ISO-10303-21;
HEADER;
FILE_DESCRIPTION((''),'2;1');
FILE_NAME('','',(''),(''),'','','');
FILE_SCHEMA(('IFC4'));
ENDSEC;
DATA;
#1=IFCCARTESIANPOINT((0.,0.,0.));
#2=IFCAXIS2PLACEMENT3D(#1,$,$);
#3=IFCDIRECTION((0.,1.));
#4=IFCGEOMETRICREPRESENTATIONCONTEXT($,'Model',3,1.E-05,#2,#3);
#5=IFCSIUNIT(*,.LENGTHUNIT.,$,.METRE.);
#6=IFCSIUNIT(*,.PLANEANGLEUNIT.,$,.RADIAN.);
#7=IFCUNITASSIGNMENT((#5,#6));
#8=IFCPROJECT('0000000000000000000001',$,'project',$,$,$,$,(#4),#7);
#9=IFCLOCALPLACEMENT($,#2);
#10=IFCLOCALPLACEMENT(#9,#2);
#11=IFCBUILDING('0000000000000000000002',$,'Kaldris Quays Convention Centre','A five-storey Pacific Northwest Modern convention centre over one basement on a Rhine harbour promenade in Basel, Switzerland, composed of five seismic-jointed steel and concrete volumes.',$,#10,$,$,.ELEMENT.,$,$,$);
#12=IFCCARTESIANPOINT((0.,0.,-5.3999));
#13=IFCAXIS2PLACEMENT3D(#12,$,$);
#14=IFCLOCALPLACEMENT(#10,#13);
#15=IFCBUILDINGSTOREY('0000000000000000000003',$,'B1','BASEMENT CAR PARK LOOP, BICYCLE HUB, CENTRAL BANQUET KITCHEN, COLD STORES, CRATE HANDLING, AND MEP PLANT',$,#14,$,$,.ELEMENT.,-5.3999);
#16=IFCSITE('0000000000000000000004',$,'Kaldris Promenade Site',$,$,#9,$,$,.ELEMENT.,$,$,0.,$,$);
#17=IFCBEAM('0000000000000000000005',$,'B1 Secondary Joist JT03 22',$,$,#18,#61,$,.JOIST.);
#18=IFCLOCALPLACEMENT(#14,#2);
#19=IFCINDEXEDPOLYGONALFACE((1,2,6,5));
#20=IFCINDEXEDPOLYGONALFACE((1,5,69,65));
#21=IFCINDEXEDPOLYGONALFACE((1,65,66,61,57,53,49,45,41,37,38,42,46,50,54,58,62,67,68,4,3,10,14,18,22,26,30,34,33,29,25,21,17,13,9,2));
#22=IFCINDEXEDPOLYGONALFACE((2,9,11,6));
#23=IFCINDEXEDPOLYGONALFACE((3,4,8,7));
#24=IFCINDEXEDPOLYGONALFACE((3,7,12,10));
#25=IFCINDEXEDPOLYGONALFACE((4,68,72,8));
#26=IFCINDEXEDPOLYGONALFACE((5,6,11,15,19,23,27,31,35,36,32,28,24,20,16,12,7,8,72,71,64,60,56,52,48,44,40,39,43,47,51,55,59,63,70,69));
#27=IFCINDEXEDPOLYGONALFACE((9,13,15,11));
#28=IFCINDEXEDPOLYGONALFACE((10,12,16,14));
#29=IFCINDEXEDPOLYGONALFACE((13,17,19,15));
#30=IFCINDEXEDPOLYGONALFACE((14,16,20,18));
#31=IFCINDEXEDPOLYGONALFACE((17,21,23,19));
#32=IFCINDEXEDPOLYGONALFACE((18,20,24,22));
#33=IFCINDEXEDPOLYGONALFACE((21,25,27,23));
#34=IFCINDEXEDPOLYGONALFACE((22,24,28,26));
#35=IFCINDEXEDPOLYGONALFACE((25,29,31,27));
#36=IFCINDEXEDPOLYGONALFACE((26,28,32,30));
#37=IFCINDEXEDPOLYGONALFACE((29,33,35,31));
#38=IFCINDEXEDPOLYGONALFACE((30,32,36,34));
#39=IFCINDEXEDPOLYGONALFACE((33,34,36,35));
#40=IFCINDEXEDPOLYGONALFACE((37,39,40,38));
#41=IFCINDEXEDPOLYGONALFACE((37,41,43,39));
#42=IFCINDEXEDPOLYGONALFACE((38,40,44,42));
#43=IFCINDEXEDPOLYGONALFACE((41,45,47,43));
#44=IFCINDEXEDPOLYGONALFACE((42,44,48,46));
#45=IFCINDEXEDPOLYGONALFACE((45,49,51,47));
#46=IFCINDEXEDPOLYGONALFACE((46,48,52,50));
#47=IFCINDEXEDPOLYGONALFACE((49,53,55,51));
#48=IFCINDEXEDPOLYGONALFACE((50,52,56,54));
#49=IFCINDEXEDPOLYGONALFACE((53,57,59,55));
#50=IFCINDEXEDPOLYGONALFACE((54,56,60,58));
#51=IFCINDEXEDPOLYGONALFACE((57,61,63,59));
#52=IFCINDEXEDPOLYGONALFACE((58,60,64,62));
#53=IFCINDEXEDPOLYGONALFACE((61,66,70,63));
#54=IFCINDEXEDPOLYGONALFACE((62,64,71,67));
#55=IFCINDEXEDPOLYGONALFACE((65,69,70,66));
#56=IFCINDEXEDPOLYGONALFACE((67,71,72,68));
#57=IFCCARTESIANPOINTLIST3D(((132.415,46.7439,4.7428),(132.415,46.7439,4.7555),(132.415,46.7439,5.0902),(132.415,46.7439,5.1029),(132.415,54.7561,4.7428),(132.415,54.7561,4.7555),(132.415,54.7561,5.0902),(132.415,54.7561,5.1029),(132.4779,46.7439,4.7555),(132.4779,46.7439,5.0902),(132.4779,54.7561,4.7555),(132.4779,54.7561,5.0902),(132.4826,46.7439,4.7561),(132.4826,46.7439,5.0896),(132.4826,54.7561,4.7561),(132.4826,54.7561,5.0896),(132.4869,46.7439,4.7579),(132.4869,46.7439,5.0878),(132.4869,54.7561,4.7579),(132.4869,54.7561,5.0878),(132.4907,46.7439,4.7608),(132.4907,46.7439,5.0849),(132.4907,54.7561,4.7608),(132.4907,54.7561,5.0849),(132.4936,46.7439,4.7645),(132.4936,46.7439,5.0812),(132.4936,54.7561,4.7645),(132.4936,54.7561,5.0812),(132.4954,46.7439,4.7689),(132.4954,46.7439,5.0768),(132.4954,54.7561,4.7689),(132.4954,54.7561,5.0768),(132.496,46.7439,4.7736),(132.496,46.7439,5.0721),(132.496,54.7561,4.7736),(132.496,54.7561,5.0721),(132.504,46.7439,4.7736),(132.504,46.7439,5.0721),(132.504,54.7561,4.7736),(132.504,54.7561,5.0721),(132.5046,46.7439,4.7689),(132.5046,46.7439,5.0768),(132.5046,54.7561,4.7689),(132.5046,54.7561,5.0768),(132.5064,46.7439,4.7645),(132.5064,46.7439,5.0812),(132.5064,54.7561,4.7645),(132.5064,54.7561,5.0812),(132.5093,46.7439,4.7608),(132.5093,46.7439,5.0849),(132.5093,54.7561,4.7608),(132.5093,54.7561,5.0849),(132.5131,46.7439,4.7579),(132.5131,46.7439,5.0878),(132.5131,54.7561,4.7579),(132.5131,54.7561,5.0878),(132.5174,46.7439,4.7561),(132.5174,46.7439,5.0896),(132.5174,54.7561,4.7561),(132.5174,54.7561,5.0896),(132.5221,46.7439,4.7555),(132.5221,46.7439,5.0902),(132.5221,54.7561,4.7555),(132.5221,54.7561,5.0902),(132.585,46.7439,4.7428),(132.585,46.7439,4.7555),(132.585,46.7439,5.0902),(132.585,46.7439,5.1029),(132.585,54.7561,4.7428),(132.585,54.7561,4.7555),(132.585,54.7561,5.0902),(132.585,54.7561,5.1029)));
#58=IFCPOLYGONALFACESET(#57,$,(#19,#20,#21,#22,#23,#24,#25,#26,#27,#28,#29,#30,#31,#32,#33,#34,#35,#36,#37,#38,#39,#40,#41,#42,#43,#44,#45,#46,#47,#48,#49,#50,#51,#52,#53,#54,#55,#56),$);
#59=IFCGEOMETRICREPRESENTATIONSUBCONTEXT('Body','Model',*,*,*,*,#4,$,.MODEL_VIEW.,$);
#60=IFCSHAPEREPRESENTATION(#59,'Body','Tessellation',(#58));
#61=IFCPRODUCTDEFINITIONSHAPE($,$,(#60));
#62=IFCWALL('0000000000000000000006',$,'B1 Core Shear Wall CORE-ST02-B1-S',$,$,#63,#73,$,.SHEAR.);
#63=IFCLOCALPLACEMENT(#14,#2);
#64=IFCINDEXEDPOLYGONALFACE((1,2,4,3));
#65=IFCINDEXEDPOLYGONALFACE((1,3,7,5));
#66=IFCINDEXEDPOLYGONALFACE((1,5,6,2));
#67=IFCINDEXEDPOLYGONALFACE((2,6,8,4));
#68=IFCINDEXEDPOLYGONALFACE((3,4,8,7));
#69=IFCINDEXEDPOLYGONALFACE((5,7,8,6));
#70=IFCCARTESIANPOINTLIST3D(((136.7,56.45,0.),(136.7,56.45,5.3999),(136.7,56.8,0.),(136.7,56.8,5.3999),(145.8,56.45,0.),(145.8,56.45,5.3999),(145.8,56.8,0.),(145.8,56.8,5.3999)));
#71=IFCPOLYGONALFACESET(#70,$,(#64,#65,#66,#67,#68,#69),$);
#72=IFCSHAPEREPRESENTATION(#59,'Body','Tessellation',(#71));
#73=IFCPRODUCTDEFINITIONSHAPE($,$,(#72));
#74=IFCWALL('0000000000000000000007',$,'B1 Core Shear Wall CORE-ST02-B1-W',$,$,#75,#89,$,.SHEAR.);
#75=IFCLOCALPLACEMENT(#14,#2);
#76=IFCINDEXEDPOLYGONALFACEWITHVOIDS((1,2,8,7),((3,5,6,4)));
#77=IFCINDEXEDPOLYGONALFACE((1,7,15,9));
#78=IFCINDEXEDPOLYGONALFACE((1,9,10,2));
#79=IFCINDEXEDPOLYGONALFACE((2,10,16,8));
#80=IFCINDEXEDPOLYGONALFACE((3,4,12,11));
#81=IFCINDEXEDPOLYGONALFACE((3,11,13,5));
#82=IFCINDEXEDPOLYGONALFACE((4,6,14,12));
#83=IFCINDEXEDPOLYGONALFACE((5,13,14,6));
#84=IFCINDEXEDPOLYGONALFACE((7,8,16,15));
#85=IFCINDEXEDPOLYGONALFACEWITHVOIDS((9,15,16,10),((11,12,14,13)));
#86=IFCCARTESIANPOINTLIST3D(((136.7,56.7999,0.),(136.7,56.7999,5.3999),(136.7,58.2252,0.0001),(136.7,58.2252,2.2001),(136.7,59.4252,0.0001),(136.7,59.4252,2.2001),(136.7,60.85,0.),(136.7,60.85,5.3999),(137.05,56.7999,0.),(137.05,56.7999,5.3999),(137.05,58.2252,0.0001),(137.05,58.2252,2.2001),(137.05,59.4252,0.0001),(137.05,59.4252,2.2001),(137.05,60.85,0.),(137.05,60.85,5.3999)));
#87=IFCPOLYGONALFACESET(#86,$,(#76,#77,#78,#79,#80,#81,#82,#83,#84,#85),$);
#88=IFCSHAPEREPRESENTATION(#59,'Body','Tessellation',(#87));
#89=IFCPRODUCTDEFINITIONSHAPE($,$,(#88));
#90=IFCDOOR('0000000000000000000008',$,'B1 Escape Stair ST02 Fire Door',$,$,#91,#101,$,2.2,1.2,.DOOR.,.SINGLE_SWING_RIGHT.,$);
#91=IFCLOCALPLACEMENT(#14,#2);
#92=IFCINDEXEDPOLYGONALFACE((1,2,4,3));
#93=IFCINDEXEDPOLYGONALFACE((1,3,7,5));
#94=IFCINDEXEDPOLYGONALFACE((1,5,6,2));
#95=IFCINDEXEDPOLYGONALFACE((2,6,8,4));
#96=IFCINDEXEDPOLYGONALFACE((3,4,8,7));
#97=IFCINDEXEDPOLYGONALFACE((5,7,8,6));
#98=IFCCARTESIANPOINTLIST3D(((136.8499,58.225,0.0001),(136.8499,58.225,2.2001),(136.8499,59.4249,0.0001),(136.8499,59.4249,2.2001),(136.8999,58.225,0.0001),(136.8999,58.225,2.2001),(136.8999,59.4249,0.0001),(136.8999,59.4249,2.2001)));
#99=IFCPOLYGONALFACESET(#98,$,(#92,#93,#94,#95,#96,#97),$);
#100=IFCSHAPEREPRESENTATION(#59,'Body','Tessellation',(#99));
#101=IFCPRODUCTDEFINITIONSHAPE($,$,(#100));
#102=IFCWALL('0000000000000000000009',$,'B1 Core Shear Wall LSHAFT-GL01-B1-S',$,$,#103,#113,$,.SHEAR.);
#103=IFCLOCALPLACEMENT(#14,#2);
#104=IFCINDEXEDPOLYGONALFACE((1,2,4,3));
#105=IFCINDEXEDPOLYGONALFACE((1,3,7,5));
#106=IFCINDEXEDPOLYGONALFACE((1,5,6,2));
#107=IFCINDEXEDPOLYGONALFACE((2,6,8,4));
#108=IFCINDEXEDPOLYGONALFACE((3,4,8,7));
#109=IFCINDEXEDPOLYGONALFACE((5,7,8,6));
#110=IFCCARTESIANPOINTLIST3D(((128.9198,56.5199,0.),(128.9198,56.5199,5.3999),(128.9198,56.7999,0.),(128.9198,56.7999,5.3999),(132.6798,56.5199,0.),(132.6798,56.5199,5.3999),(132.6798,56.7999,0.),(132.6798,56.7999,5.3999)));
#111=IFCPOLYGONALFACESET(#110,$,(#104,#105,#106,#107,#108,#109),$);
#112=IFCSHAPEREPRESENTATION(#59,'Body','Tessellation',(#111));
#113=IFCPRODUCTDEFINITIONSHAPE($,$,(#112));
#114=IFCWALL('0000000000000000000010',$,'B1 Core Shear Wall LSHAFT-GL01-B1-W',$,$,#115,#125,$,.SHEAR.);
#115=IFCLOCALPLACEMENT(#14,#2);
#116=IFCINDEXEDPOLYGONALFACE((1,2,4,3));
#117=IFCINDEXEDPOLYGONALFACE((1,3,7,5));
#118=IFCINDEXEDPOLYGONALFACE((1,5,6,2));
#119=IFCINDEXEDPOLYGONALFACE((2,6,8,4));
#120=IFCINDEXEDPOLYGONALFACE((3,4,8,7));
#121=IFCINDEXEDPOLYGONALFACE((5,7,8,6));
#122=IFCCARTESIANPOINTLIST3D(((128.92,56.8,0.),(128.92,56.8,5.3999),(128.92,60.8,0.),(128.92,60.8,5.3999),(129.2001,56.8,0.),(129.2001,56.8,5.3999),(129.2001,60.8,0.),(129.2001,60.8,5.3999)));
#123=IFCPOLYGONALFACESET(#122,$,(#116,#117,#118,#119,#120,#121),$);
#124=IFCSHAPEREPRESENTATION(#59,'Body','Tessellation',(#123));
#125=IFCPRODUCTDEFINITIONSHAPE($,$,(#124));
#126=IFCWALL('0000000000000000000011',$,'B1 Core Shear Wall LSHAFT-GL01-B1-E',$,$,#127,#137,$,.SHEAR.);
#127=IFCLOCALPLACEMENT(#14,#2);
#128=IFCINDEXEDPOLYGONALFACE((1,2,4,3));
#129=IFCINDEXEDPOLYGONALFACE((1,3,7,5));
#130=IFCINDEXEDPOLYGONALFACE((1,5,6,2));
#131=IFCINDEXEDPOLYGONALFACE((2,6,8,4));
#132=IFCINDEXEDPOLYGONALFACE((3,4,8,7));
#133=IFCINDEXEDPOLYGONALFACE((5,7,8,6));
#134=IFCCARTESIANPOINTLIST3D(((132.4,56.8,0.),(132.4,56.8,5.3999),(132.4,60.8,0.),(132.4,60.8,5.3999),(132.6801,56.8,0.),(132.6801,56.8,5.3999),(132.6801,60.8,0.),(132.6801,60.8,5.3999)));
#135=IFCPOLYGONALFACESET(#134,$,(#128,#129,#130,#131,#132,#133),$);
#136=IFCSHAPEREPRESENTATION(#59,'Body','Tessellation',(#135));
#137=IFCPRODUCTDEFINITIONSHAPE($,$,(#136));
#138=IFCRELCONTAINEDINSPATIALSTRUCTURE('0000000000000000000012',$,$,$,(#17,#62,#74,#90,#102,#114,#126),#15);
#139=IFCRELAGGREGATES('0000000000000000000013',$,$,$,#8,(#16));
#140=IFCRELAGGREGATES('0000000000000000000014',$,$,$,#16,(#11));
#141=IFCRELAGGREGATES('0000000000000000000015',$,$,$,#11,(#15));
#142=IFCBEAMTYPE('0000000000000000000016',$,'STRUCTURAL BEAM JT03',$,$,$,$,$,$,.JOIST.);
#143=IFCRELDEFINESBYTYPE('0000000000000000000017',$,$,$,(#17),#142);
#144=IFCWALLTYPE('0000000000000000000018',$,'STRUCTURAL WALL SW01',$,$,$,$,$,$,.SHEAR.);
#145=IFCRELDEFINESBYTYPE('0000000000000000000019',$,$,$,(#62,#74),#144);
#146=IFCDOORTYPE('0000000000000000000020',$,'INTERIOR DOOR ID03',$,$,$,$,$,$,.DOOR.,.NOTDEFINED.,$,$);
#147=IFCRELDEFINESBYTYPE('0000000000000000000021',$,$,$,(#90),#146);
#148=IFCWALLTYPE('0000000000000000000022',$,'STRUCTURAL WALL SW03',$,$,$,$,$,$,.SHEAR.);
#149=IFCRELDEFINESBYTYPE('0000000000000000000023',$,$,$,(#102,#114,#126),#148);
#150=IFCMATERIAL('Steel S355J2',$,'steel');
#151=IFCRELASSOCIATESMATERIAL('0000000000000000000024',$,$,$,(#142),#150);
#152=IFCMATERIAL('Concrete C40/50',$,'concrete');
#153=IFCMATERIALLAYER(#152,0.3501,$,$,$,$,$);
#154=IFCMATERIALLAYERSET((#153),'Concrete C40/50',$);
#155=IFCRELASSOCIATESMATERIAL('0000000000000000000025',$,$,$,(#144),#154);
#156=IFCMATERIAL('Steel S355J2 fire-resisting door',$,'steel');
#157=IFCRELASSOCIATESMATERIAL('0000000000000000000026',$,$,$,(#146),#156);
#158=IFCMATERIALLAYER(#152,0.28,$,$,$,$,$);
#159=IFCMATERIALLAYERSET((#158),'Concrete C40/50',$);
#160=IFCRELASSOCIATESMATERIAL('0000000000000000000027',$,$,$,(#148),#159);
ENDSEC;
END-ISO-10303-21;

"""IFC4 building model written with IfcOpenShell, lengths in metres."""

from ifc_helpers import new_model, si_unit, direction, frame, frame_2d, origin, origin_2d, place, context, subcontext, project, spatial, rectangle, i_section, extrude, material, layer, layer_set, material_profile, profile_set, type_object, element, fill, save


model = new_model("IFC4")

# Units and contexts
model_context = context("Model", 3, precision=1e-05, world=origin(), true_north=direction((0.0, 1.0)))
body_context = subcontext(model_context, "Body", "Model", "MODEL_VIEW")
ifc_project = project(units=[si_unit("LENGTHUNIT", "METRE"), si_unit("PLANEANGLEUNIT", "RADIAN")], contexts=[model_context])

# Site, building, storey
site_placement = place(None, origin())
site = spatial("IfcSite", under=ifc_project, at=site_placement, Name="Kaldris Promenade Site", CompositionType="ELEMENT", RefElevation=0.0)
building_placement = place(site_placement, origin())
building = spatial("IfcBuilding", under=site, at=building_placement, Name="Kaldris Quays Convention Centre", Description="A five-storey Pacific Northwest Modern convention centre over one basement on a Rhine harbour promenade in Basel, Switzerland, composed of five seismic-jointed steel and concrete volumes.", CompositionType="ELEMENT")
storey_placement = place(building_placement, frame((0.0, 0.0, -5.3999)))
storey = spatial("IfcBuildingStorey", under=building, at=storey_placement, Name="B1", Description="BASEMENT CAR PARK LOOP, BICYCLE HUB, CENTRAL BANQUET KITCHEN, COLD STORES, CRATE HANDLING, AND MEP PLANT", CompositionType="ELEMENT", Elevation=-5.3999)

# Shared definitions
ifc_material_1 = material(Name="Steel S355J2", Category="steel")

# Beam
ifc_material_profile_1 = material_profile(ifc_material_1, i_section(OverallWidth=0.1699, OverallDepth=0.3601, WebThickness=0.0081, FlangeThickness=0.0127, FilletRadius=0.0181, at=origin_2d()), Name="IPE 360")
ifc_profile_set_1 = profile_set([ifc_material_profile_1], Name="Steel S355J2")
beam_type_1 = type_object("IfcBeamType", Name="STRUCTURAL BEAM JT03", PredefinedType="JOIST", material=ifc_profile_set_1)
beam_1_placement = place(storey_placement, frame((132.5, 46.7439, 4.9229), z_axis=(0.0, 1.0, 0.0), x_axis=(-1.0, 0.0, 0.0)))
element("IfcBeam", 1, at=beam_1_placement, inside=storey, type_object=beam_type_1, Name="B1 Secondary Joist JT03 22", PredefinedType="JOIST", context=body_context, shape_type="SweptSolid", body=[
    extrude(i_section(OverallWidth=0.1699, OverallDepth=0.3601, WebThickness=0.0081, FlangeThickness=0.0127, FilletRadius=0.0181, at=origin_2d()), origin(), (0.0, 0.0, 1.0), 8.0122),
])

# Wall
ifc_material_2 = material(Name="Concrete C40/50", Category="concrete")
ifc_layer_1 = layer(ifc_material_2, 0.3501)
ifc_layer_set_1 = layer_set([ifc_layer_1], Name="Concrete C40/50")
wall_type_1 = type_object("IfcWallType", Name="STRUCTURAL WALL SW01", PredefinedType="SHEAR", material=ifc_layer_set_1)
wall_1_placement = place(storey_placement, frame((136.7, 56.625, 0.0), z_axis=(0.0, 0.0, 1.0), x_axis=(1.0, 0.0, 0.0)))
element("IfcWall", 2, at=wall_1_placement, inside=storey, type_object=wall_type_1, Name="B1 Core Shear Wall CORE-ST02-B1-S", PredefinedType="SHEAR", context=body_context, shape_type="SweptSolid", body=[
    extrude(rectangle(XDim=9.1001, YDim=0.3501, at=frame_2d((4.55, 0.0))), origin(), (0.0, 0.0, 1.0), 5.3999),
])

# Wall, opening, door
wall_2_placement = place(storey_placement, frame((136.875, 56.8, 0.0), z_axis=(0.0, 0.0, 1.0), x_axis=(0.0, 1.0, 0.0)))
wall_2 = element("IfcWall", 3, at=wall_2_placement, inside=storey, type_object=wall_type_1, Name="B1 Core Shear Wall CORE-ST02-B1-W", PredefinedType="SHEAR", context=body_context, shape_type="SweptSolid", body=[
    extrude(rectangle(XDim=4.05, YDim=0.3501, at=frame_2d((2.0249, 0.0))), origin(), (0.0, 0.0, 1.0), 5.3999),
])
opening_placement = place(wall_2_placement, frame((1.425, 0.0, 0.0)))
opening = element("IfcOpeningElement", 4, at=opening_placement, cuts=wall_2, PredefinedType="OPENING", context=body_context, shape_type="SweptSolid", body=[
    extrude(rectangle(XDim=1.2, YDim=2.2, at=frame_2d((0.6001, 1.1001))), frame((0.0, 0.1851, 0.0), z_axis=(0.0, -1.0, 0.0), x_axis=(1.0, 0.0, 0.0)), (0.0, 0.0, 1.0), 0.3701),
])
ifc_material_3 = material(Name="Steel S355J2 fire-resisting door", Category="steel")
door_type = type_object("IfcDoorType", Name="INTERIOR DOOR ID03", OperationType="NOTDEFINED", PredefinedType="DOOR", material=ifc_material_3)
door_placement = place(opening_placement, frame((1.2, 0.0, 0.0), z_axis=(0.0, 0.0, 1.0), x_axis=(-1.0, 0.0, 0.0)))
door = element("IfcDoor", 5, at=door_placement, inside=storey, type_object=door_type, Name="B1 Escape Stair ST02 Fire Door", OperationType="SINGLE_SWING_RIGHT", OverallHeight=2.2, OverallWidth=1.2, PredefinedType="DOOR", context=body_context, shape_type="SweptSolid", body=[
    extrude(rectangle(XDim=1.2, YDim=2.2, at=frame_2d((0.6001, 1.1001))), frame((0.0, 0.0249, 0.0), z_axis=(0.0, -1.0, 0.0), x_axis=(1.0, 0.0, 0.0)), (0.0, 0.0, 1.0), 0.05),
])
fill(opening, door)

# Walls
ifc_layer_2 = layer(ifc_material_2, 0.28)
ifc_layer_set_2 = layer_set([ifc_layer_2], Name="Concrete C40/50")
wall_type_2 = type_object("IfcWallType", Name="STRUCTURAL WALL SW03", PredefinedType="SHEAR", material=ifc_layer_set_2)
wall_3_placement = place(storey_placement, frame((128.9199, 56.6599, 0.0), z_axis=(0.0, 0.0, 1.0), x_axis=(1.0, 0.0, 0.0)))
element("IfcWall", 6, at=wall_3_placement, inside=storey, type_object=wall_type_2, Name="B1 Core Shear Wall LSHAFT-GL01-B1-S", PredefinedType="SHEAR", context=body_context, shape_type="SweptSolid", body=[
    extrude(rectangle(XDim=3.76, YDim=0.28, at=frame_2d((1.8799, 0.0))), origin(), (0.0, 0.0, 1.0), 5.3999),
])
for number, where, z_axis, x_axis, name in (
    (7, (129.0601, 56.8, 0.0), (0.0, 0.0, 1.0), (0.0, 1.0, 0.0), "B1 Core Shear Wall LSHAFT-GL01-B1-W"),
    (8, (132.54, 56.8, 0.0), (0.0, 0.0, 1.0), (0.0, 1.0, 0.0), "B1 Core Shear Wall LSHAFT-GL01-B1-E"),
):
    element("IfcWall", number, at=place(storey_placement, frame(where, z_axis=z_axis, x_axis=x_axis)), inside=storey, type_object=wall_type_2, Name=name, PredefinedType="SHEAR", context=body_context, shape_type="SweptSolid", body=[
        extrude(rectangle(XDim=4.0, YDim=0.28, at=frame_2d((2.0, 0.0))), origin(), (0.0, 0.0, 1.0), 5.3999),
    ])

save(model, "model.ifc")
